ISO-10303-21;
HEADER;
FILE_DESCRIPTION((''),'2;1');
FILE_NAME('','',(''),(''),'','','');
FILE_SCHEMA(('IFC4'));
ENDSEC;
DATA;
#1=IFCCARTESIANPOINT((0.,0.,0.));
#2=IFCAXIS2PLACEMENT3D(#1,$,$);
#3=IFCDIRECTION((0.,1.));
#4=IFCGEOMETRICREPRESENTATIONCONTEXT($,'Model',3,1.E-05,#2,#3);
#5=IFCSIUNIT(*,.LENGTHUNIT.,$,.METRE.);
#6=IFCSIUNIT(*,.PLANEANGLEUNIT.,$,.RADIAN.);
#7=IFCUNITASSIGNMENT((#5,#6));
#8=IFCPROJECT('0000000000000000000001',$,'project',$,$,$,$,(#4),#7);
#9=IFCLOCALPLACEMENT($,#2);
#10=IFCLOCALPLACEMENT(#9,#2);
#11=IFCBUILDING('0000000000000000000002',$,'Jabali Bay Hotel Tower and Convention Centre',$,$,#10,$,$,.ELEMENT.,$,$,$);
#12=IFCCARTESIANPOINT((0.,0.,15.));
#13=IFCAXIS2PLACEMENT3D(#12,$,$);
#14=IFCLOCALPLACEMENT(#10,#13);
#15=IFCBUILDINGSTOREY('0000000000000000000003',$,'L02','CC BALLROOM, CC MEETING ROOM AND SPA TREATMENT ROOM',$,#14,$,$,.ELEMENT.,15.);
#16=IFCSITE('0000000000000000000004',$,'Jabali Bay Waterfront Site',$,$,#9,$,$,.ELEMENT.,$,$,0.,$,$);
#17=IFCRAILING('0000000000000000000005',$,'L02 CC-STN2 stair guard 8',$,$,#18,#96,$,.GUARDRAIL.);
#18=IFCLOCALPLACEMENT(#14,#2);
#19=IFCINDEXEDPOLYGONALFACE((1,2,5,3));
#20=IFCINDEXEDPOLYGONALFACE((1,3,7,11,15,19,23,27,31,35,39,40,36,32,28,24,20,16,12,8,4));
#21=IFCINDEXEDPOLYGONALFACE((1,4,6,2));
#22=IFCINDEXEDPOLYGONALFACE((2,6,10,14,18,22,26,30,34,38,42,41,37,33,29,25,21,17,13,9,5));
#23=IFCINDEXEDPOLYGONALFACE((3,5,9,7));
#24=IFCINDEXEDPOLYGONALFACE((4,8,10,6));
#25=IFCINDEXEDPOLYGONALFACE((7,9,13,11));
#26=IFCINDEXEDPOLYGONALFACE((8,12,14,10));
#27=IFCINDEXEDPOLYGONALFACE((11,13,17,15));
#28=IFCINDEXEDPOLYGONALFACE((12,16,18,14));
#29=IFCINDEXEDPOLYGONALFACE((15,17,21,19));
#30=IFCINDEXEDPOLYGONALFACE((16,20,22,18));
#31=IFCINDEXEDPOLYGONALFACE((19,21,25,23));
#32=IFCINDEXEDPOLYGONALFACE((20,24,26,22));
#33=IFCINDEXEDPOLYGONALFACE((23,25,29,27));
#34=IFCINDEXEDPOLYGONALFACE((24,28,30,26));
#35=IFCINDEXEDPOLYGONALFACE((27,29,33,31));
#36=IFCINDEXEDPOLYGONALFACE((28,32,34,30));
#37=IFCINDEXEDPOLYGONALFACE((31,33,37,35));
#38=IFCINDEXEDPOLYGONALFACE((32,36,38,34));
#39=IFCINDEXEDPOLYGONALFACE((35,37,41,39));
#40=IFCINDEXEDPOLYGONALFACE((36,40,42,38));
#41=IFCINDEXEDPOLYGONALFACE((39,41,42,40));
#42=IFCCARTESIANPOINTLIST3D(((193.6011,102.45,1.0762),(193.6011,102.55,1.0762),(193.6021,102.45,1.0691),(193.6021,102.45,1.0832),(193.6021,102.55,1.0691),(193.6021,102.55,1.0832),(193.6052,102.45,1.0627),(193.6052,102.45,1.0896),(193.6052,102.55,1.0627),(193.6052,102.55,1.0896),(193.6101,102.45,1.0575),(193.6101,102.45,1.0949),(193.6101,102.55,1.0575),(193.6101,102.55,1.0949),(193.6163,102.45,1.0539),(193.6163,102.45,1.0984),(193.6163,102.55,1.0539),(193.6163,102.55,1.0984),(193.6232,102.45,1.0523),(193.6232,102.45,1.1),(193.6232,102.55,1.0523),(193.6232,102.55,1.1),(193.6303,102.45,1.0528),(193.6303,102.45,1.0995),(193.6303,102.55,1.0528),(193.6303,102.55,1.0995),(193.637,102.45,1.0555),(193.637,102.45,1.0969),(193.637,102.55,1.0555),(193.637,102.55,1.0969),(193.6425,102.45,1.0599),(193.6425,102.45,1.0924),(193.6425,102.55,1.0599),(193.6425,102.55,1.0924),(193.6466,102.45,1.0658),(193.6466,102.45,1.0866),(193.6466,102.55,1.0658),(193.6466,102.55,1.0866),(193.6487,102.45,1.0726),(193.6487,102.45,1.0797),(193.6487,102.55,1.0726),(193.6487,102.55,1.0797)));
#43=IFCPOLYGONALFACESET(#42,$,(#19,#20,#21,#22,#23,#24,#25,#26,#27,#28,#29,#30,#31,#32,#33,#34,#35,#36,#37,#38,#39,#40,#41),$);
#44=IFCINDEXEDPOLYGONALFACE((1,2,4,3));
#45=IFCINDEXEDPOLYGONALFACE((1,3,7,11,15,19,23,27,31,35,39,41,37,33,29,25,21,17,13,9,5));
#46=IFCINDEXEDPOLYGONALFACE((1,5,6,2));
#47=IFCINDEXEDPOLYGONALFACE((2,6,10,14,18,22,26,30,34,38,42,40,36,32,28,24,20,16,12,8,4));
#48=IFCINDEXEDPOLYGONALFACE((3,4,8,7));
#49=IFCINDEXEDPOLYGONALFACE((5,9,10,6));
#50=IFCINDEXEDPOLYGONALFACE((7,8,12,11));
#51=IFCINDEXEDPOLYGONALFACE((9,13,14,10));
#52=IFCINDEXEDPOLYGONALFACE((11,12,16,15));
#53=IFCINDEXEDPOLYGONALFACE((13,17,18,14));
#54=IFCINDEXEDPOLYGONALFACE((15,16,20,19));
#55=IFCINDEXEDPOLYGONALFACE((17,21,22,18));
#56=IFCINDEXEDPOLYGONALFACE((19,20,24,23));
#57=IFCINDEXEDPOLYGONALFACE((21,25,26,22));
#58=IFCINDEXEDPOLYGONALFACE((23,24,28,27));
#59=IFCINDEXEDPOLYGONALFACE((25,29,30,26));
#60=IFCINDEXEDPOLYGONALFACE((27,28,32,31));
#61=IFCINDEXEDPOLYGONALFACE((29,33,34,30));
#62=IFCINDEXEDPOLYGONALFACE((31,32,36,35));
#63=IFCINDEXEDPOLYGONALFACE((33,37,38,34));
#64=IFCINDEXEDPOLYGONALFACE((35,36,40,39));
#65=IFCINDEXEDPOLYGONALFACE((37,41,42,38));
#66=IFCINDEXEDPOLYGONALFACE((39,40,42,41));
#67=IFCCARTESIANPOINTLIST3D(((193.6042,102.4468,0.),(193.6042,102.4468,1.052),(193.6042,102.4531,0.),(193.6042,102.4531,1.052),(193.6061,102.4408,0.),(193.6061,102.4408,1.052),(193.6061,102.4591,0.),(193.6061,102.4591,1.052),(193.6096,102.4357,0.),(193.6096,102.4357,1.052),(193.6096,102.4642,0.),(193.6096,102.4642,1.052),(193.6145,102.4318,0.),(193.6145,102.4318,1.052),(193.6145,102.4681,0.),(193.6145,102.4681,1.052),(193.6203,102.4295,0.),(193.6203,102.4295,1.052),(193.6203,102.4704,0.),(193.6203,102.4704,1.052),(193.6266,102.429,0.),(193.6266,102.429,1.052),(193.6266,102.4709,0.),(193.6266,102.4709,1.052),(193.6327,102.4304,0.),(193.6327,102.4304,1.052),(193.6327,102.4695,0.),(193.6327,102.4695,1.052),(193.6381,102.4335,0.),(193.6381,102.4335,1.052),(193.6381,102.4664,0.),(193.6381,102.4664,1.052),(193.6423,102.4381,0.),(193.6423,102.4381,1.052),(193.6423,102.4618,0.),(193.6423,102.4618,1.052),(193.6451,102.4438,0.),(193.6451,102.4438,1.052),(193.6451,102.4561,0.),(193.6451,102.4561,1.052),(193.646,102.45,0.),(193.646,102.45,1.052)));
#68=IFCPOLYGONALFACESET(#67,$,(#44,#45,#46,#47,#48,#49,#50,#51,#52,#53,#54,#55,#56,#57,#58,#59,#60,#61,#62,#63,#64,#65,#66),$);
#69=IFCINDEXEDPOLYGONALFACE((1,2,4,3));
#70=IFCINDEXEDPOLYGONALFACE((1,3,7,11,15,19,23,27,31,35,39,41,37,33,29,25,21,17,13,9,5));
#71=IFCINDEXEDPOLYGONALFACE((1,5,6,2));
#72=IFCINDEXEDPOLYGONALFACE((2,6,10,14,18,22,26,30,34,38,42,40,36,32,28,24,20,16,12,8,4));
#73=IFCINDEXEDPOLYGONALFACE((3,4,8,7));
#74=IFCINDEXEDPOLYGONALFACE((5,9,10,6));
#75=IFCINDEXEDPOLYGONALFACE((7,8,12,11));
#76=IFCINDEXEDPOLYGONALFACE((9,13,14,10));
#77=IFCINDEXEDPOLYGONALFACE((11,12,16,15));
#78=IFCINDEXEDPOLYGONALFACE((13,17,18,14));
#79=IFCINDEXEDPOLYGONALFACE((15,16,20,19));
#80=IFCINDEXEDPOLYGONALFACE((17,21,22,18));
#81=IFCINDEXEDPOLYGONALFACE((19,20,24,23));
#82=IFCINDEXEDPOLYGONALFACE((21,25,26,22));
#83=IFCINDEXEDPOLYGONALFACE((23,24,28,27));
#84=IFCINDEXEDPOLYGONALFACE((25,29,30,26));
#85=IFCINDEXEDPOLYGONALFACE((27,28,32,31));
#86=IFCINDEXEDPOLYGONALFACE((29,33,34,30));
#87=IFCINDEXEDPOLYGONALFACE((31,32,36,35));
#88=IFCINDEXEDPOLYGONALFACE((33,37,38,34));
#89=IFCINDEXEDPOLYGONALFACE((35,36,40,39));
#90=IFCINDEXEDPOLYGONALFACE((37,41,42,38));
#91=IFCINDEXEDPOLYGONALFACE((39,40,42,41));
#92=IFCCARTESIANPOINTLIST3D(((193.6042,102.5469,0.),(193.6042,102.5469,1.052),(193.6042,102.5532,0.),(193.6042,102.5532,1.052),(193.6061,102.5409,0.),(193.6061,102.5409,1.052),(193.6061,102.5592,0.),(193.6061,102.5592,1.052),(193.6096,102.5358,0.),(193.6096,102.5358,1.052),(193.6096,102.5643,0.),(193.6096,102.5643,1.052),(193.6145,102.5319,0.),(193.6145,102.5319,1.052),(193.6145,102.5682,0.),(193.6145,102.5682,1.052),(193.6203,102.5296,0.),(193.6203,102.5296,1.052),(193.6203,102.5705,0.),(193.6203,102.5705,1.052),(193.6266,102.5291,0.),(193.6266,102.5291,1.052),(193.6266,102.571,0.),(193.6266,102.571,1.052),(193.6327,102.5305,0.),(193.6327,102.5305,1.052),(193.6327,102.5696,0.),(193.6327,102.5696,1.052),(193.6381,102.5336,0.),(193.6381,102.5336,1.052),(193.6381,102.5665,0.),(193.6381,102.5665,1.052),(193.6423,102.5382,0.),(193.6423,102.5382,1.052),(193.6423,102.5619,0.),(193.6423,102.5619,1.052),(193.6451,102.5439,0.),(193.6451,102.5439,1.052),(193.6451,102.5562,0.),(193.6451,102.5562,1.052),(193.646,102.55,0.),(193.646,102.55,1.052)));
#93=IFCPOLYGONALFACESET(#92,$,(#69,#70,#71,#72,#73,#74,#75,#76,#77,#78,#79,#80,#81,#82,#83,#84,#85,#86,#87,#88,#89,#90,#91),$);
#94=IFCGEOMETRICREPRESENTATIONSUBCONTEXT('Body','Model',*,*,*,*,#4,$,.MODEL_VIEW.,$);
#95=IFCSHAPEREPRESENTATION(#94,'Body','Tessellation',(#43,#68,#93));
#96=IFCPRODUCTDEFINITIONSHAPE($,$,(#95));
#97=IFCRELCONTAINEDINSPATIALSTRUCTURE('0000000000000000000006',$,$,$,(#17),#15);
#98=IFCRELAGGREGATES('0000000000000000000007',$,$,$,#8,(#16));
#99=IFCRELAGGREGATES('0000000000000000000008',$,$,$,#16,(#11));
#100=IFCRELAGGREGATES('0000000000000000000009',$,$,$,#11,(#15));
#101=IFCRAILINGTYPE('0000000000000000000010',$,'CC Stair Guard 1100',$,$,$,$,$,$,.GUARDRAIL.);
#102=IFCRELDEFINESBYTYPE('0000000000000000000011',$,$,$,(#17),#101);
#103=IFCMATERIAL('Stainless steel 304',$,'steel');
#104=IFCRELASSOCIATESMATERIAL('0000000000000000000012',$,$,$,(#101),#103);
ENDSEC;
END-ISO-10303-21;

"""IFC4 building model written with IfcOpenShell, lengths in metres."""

from ifc_helpers import new_model, si_unit, direction, frame, origin, origin_2d, place, context, subcontext, project, spatial, circle, extrude, material, type_object, element, save


model = new_model("IFC4")

# Units and contexts
model_context = context("Model", 3, precision=1e-05, world=origin(), true_north=direction((0.0, 1.0)))
body_context = subcontext(model_context, "Body", "Model", "MODEL_VIEW")
ifc_project = project(units=[si_unit("LENGTHUNIT", "METRE"), si_unit("PLANEANGLEUNIT", "RADIAN")], contexts=[model_context])

# Site, building, storey
site_placement = place(None, origin())
site = spatial("IfcSite", under=ifc_project, at=site_placement, Name="Jabali Bay Waterfront Site", CompositionType="ELEMENT", RefElevation=0.0)
building_placement = place(site_placement, origin())
building = spatial("IfcBuilding", under=site, at=building_placement, Name="Jabali Bay Hotel Tower and Convention Centre", CompositionType="ELEMENT")
storey_placement = place(building_placement, frame((0.0, 0.0, 15.0)))
storey = spatial("IfcBuildingStorey", under=building, at=storey_placement, Name="L02", Description="CC BALLROOM, CC MEETING ROOM AND SPA TREATMENT ROOM", CompositionType="ELEMENT", Elevation=15.0)

# Railing
ifc_material_1 = material(Name="Stainless steel 304", Category="steel")
railing_type_1 = type_object("IfcRailingType", Name="CC Stair Guard 1100", PredefinedType="GUARDRAIL", material=ifc_material_1)
railing_1_placement = place(storey_placement, frame((193.625, 102.45, 0.0)))
element("IfcRailing", 1, at=railing_1_placement, inside=storey, type_object=railing_type_1, Name="L02 CC-STN2 stair guard 8", PredefinedType="GUARDRAIL", context=body_context, shape_type="SweptSolid", body=[
    extrude(circle(Radius=0.0239, at=origin_2d()), frame((0.0, 0.0, 1.0762), z_axis=(0.0, 1.0, 0.0), x_axis=(-1.0, 0.0, 0.0)), (0.0, 0.0, 1.0), 0.1001),
    extrude(circle(Radius=0.021, at=origin_2d()), origin(), (0.0, 0.0, 1.0), 1.052),
    extrude(circle(Radius=0.021, at=origin_2d()), frame((0.0, 0.1001, 0.0)), (0.0, 0.0, 1.0), 1.052),
])

save(model, "model.ifc")
